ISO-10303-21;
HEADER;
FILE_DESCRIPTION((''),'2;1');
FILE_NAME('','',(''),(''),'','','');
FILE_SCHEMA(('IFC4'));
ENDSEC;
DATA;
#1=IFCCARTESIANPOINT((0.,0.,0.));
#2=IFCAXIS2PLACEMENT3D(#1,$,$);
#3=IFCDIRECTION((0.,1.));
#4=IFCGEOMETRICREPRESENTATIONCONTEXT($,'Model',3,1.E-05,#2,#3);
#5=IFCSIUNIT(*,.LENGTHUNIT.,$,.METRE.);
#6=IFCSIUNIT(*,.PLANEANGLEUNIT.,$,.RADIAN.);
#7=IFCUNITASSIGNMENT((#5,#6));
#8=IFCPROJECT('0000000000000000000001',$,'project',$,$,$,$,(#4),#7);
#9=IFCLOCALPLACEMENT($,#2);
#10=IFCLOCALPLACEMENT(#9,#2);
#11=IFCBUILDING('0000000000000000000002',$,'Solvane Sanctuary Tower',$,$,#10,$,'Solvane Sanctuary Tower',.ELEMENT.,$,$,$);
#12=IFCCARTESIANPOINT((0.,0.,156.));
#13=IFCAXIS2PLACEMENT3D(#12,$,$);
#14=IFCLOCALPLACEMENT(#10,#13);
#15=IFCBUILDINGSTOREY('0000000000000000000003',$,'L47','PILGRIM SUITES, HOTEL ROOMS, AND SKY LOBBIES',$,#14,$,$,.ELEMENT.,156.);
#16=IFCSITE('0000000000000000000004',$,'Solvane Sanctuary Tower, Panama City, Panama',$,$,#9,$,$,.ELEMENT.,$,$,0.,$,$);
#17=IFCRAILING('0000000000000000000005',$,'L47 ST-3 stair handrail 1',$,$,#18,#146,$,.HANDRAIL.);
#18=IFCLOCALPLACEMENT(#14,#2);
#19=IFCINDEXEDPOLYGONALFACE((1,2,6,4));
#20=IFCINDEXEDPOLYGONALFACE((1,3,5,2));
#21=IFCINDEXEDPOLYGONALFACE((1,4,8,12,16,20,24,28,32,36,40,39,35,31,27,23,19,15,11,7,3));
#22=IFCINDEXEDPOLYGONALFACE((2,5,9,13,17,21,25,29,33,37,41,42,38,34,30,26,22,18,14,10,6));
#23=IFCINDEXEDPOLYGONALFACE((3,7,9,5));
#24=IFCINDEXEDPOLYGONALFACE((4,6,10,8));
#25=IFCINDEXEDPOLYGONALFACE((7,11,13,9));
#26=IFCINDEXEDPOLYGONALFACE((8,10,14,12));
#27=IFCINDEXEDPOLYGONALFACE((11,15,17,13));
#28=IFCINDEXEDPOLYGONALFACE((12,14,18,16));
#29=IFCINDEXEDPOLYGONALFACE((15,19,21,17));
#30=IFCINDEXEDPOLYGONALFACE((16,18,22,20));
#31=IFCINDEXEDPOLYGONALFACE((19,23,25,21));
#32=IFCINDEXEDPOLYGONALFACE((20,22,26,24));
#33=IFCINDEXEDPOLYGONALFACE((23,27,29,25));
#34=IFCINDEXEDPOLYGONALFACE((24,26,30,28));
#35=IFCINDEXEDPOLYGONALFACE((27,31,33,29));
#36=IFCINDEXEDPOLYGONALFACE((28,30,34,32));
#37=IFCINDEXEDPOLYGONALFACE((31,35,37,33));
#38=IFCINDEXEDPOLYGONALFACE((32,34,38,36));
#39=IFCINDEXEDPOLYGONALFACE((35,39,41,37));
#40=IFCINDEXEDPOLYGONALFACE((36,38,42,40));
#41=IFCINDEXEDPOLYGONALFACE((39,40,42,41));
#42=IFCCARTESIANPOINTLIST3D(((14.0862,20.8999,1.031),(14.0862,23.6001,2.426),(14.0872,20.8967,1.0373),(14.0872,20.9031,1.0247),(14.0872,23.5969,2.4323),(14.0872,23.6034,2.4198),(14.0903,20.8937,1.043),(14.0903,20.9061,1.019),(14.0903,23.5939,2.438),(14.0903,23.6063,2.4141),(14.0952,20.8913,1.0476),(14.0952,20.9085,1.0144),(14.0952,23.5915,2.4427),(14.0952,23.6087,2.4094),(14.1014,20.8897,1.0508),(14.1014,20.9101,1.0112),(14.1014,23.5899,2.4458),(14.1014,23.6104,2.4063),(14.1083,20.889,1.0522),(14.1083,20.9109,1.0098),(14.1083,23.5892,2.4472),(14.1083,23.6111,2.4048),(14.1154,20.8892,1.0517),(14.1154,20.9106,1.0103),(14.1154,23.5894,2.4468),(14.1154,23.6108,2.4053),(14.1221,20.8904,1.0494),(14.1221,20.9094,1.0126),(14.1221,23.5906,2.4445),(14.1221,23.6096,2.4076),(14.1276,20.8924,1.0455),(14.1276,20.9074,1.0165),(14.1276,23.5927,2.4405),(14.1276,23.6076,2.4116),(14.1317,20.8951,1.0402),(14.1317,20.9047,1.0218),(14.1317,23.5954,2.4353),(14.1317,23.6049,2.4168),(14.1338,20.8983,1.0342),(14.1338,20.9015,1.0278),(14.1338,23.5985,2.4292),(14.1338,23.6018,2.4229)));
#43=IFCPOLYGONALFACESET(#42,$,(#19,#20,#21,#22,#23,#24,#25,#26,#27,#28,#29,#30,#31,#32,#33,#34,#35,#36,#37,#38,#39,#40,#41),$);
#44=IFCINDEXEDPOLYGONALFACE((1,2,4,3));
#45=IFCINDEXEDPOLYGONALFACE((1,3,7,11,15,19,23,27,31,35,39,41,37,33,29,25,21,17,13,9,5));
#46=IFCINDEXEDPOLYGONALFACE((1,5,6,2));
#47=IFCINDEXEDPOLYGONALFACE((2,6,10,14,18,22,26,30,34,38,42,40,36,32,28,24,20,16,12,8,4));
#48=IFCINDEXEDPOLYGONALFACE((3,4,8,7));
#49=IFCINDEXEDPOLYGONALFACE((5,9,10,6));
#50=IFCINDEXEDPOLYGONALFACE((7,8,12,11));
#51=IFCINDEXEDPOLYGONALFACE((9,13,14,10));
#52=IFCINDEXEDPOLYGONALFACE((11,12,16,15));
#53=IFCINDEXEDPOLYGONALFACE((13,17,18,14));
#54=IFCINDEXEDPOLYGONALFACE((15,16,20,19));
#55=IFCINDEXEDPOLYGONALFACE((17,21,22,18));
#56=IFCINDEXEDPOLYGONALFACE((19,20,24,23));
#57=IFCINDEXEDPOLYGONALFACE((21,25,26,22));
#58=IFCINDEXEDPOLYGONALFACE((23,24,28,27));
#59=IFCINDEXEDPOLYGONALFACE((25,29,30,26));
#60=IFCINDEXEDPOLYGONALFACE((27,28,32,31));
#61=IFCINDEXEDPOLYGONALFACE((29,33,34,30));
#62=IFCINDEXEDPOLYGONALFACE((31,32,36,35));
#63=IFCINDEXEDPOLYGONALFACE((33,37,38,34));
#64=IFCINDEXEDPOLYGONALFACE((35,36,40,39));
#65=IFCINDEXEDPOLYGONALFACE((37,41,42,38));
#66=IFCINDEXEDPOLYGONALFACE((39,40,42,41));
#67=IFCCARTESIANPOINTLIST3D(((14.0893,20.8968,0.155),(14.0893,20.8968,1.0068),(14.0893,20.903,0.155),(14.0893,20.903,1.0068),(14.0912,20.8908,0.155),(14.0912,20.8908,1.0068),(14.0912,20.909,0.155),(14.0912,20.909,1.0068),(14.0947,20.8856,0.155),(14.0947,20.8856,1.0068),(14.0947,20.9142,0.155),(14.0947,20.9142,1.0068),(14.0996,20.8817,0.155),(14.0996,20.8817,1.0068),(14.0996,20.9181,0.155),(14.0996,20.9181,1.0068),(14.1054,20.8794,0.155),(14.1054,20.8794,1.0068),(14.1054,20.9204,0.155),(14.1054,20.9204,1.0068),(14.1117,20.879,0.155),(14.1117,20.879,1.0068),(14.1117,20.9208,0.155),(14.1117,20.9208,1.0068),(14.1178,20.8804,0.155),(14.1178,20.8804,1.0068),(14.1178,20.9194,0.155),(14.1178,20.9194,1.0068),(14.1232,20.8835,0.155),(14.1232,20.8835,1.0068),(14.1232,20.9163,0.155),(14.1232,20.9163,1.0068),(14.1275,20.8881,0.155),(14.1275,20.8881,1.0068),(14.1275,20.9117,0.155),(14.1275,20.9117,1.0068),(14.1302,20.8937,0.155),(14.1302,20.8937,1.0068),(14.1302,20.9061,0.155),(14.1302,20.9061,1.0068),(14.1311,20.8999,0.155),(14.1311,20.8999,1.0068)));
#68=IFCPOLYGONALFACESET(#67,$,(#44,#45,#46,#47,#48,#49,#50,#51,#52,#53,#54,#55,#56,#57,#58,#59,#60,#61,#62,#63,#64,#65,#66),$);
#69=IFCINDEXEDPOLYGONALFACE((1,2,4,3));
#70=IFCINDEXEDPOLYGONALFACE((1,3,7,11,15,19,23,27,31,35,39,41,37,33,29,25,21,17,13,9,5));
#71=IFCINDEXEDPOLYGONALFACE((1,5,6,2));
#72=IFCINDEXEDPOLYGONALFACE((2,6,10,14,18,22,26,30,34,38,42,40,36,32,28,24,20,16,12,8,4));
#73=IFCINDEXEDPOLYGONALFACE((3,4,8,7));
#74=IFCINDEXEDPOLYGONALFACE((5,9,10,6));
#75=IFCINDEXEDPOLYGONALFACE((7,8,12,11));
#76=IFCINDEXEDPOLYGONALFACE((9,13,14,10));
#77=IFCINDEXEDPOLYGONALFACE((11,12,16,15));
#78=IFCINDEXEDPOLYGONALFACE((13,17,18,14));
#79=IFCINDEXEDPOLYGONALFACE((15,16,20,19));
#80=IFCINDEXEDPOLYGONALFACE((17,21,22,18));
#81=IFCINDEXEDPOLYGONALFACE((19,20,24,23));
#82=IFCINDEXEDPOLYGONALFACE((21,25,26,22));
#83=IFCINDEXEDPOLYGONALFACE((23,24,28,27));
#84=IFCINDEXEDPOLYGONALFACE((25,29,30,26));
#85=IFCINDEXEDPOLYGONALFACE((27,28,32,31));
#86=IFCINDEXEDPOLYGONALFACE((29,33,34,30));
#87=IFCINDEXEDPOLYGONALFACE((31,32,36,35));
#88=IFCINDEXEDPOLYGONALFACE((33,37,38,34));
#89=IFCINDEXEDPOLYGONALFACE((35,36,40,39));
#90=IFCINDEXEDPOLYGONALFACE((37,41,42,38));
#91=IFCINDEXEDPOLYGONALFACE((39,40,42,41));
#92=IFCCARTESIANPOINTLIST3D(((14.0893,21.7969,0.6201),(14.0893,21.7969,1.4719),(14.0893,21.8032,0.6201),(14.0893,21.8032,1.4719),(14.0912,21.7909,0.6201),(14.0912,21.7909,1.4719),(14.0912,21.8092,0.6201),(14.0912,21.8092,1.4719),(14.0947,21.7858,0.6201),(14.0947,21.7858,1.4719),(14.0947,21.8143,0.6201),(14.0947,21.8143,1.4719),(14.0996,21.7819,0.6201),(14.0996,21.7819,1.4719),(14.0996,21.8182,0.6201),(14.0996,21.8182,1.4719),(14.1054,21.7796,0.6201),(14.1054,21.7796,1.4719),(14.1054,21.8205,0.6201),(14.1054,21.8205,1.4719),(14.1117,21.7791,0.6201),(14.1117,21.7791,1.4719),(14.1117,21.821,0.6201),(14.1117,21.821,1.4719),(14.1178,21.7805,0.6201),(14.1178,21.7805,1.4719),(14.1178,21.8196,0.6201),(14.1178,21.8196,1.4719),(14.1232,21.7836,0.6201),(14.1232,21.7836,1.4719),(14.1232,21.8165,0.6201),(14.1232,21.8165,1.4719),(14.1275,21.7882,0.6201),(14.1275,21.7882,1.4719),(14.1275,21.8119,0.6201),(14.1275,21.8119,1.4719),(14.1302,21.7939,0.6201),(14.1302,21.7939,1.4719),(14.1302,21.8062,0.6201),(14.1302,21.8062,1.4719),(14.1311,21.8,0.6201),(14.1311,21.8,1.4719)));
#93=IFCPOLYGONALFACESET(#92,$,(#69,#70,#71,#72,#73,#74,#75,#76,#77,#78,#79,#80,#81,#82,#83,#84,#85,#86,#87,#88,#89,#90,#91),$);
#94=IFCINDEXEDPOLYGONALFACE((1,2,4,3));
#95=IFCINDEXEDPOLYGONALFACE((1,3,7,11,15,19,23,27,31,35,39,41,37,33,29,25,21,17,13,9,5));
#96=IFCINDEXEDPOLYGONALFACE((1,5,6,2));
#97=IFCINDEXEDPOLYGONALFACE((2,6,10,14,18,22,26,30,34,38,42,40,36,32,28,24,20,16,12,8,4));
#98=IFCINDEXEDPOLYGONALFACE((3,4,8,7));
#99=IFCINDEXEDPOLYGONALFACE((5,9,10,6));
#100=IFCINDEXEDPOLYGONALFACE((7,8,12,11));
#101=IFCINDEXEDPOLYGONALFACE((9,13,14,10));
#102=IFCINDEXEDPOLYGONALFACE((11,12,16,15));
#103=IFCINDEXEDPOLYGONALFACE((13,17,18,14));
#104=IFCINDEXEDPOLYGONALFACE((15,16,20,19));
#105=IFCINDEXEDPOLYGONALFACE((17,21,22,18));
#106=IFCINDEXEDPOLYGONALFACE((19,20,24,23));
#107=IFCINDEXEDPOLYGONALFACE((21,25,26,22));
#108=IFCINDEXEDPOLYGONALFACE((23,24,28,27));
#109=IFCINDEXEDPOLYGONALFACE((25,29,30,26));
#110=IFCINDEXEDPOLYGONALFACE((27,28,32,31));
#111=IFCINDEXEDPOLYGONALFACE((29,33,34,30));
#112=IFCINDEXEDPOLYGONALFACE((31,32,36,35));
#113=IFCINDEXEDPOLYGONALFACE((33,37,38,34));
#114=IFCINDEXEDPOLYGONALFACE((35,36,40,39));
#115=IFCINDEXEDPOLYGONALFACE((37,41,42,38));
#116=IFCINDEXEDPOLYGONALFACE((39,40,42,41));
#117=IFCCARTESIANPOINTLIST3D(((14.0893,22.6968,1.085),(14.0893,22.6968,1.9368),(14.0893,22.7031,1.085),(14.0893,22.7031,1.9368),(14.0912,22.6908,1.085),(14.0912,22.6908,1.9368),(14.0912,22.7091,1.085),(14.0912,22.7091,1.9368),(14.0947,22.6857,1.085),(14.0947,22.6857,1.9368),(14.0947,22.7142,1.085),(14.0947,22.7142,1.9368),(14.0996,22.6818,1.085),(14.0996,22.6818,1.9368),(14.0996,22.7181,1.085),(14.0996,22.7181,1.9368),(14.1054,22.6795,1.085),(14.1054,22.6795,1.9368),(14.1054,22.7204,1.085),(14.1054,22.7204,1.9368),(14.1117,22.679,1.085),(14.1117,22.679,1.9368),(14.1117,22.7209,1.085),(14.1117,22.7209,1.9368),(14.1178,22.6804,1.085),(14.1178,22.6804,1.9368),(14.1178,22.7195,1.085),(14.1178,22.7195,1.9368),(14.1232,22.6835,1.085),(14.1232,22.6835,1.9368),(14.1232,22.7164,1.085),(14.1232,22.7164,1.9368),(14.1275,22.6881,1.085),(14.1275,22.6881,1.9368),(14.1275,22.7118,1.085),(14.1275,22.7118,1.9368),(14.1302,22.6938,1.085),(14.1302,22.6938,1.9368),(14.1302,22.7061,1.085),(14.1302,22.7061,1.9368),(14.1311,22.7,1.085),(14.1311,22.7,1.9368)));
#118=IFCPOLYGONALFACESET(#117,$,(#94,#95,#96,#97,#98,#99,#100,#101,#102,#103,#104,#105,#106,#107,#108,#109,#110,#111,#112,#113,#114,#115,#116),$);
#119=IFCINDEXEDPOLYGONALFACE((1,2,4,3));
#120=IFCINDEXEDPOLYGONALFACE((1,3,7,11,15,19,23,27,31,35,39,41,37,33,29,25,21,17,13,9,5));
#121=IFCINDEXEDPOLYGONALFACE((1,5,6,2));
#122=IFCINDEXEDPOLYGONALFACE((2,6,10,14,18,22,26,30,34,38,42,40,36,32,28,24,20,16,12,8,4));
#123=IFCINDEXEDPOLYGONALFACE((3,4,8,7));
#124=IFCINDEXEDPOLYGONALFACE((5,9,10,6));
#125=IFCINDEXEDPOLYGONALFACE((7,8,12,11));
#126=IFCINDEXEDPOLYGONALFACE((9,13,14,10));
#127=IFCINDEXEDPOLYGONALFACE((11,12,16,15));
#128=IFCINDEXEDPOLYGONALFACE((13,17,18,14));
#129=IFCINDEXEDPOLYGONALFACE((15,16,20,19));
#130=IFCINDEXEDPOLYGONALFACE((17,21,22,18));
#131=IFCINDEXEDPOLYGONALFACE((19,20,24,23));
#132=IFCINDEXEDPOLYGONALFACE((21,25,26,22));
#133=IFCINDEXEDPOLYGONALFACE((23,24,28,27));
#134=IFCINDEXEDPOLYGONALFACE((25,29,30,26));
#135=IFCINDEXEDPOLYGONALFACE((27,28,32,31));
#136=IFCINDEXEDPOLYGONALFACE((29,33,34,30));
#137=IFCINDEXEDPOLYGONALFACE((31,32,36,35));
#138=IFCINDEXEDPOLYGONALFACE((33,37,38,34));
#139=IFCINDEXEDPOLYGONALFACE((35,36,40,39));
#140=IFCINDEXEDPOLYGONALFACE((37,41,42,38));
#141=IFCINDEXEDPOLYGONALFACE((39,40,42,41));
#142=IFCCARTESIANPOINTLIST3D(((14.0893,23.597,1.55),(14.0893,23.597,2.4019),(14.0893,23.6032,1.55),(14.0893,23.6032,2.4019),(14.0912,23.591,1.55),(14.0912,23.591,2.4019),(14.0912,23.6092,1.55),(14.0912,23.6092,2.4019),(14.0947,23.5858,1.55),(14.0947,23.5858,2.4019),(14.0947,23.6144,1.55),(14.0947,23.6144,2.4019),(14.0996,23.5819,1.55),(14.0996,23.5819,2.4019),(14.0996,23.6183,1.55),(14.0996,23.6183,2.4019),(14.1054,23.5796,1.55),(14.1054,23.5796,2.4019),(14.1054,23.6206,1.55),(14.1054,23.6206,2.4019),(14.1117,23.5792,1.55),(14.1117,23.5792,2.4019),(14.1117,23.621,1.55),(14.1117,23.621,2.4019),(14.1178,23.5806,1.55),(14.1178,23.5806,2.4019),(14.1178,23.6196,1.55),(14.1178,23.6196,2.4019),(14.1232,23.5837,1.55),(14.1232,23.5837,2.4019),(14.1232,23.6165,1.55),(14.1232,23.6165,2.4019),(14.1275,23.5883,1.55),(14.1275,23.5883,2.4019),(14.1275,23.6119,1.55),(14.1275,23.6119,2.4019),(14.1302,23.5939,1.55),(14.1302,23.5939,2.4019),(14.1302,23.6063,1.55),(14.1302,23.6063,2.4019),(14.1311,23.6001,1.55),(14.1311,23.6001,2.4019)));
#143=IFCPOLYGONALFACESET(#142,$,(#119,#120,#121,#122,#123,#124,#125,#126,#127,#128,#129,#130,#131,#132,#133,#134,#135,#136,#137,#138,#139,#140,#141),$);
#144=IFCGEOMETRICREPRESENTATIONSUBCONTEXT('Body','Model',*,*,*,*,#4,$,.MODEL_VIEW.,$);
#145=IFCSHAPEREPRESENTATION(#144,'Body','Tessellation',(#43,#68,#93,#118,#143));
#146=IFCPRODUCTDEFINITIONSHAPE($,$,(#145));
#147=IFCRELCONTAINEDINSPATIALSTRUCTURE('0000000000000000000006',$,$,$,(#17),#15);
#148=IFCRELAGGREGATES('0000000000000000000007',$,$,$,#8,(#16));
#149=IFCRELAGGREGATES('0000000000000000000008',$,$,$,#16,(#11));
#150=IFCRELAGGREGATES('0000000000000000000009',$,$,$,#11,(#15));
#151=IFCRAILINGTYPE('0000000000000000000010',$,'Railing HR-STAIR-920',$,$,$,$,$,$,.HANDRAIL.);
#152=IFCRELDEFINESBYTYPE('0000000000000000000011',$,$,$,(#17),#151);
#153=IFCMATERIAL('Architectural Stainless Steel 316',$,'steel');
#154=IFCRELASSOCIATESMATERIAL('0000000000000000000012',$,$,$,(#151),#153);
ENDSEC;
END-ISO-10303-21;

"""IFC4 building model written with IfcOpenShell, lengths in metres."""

from ifc_helpers import new_model, si_unit, direction, frame, origin, origin_2d, place, context, subcontext, project, spatial, circle, extrude, material, type_object, element, save


model = new_model("IFC4")

# Units and contexts
model_context = context("Model", 3, precision=1e-05, world=origin(), true_north=direction((0.0, 1.0)))
body_context = subcontext(model_context, "Body", "Model", "MODEL_VIEW")
ifc_project = project(units=[si_unit("LENGTHUNIT", "METRE"), si_unit("PLANEANGLEUNIT", "RADIAN")], contexts=[model_context])

# Site, building, storey
site_placement = place(None, origin())
site = spatial("IfcSite", under=ifc_project, at=site_placement, Name="Solvane Sanctuary Tower, Panama City, Panama", CompositionType="ELEMENT", RefElevation=0.0)
building_placement = place(site_placement, origin())
building = spatial("IfcBuilding", under=site, at=building_placement, Name="Solvane Sanctuary Tower", LongName="Solvane Sanctuary Tower", CompositionType="ELEMENT")
storey_placement = place(building_placement, frame((0.0, 0.0, 156.0)))
storey = spatial("IfcBuildingStorey", under=building, at=storey_placement, Name="L47", Description="PILGRIM SUITES, HOTEL ROOMS, AND SKY LOBBIES", CompositionType="ELEMENT", Elevation=156.0)

# Shared definitions
ifc_material_1 = material(Name="Architectural Stainless Steel 316", Category="steel")

# Railing
railing_type_1 = type_object("IfcRailingType", Name="Railing HR-STAIR-920", PredefinedType="HANDRAIL", material=ifc_material_1)
railing_1_placement = place(storey_placement, frame((14.1101, 20.8999, 0.155)))
element("IfcRailing", 1, at=railing_1_placement, inside=storey, type_object=railing_type_1, Name="L47 ST-3 stair handrail 1", PredefinedType="HANDRAIL", context=body_context, shape_type="SweptSolid", body=[
    extrude(circle(Radius=0.0239, at=origin_2d()), frame((0.0, 0.0, 0.876), z_axis=(0.0, 0.888437, 0.458999), x_axis=(-1.0, 0.0, 0.0)), (0.0, 0.0, 1.0), 3.0393),
    extrude(circle(Radius=0.021, at=origin_2d()), origin(), (0.0, 0.0, 1.0), 0.8518),
    extrude(circle(Radius=0.021, at=origin_2d()), frame((0.0, 0.9001, 0.4651)), (0.0, 0.0, 1.0), 0.8518),
    extrude(circle(Radius=0.021, at=origin_2d()), frame((0.0, 1.8, 0.9299)), (0.0, 0.0, 1.0), 0.8518),
    extrude(circle(Radius=0.021, at=origin_2d()), frame((0.0, 2.7002, 1.395)), (0.0, 0.0, 1.0), 0.8518),
])

save(model, "model.ifc")
